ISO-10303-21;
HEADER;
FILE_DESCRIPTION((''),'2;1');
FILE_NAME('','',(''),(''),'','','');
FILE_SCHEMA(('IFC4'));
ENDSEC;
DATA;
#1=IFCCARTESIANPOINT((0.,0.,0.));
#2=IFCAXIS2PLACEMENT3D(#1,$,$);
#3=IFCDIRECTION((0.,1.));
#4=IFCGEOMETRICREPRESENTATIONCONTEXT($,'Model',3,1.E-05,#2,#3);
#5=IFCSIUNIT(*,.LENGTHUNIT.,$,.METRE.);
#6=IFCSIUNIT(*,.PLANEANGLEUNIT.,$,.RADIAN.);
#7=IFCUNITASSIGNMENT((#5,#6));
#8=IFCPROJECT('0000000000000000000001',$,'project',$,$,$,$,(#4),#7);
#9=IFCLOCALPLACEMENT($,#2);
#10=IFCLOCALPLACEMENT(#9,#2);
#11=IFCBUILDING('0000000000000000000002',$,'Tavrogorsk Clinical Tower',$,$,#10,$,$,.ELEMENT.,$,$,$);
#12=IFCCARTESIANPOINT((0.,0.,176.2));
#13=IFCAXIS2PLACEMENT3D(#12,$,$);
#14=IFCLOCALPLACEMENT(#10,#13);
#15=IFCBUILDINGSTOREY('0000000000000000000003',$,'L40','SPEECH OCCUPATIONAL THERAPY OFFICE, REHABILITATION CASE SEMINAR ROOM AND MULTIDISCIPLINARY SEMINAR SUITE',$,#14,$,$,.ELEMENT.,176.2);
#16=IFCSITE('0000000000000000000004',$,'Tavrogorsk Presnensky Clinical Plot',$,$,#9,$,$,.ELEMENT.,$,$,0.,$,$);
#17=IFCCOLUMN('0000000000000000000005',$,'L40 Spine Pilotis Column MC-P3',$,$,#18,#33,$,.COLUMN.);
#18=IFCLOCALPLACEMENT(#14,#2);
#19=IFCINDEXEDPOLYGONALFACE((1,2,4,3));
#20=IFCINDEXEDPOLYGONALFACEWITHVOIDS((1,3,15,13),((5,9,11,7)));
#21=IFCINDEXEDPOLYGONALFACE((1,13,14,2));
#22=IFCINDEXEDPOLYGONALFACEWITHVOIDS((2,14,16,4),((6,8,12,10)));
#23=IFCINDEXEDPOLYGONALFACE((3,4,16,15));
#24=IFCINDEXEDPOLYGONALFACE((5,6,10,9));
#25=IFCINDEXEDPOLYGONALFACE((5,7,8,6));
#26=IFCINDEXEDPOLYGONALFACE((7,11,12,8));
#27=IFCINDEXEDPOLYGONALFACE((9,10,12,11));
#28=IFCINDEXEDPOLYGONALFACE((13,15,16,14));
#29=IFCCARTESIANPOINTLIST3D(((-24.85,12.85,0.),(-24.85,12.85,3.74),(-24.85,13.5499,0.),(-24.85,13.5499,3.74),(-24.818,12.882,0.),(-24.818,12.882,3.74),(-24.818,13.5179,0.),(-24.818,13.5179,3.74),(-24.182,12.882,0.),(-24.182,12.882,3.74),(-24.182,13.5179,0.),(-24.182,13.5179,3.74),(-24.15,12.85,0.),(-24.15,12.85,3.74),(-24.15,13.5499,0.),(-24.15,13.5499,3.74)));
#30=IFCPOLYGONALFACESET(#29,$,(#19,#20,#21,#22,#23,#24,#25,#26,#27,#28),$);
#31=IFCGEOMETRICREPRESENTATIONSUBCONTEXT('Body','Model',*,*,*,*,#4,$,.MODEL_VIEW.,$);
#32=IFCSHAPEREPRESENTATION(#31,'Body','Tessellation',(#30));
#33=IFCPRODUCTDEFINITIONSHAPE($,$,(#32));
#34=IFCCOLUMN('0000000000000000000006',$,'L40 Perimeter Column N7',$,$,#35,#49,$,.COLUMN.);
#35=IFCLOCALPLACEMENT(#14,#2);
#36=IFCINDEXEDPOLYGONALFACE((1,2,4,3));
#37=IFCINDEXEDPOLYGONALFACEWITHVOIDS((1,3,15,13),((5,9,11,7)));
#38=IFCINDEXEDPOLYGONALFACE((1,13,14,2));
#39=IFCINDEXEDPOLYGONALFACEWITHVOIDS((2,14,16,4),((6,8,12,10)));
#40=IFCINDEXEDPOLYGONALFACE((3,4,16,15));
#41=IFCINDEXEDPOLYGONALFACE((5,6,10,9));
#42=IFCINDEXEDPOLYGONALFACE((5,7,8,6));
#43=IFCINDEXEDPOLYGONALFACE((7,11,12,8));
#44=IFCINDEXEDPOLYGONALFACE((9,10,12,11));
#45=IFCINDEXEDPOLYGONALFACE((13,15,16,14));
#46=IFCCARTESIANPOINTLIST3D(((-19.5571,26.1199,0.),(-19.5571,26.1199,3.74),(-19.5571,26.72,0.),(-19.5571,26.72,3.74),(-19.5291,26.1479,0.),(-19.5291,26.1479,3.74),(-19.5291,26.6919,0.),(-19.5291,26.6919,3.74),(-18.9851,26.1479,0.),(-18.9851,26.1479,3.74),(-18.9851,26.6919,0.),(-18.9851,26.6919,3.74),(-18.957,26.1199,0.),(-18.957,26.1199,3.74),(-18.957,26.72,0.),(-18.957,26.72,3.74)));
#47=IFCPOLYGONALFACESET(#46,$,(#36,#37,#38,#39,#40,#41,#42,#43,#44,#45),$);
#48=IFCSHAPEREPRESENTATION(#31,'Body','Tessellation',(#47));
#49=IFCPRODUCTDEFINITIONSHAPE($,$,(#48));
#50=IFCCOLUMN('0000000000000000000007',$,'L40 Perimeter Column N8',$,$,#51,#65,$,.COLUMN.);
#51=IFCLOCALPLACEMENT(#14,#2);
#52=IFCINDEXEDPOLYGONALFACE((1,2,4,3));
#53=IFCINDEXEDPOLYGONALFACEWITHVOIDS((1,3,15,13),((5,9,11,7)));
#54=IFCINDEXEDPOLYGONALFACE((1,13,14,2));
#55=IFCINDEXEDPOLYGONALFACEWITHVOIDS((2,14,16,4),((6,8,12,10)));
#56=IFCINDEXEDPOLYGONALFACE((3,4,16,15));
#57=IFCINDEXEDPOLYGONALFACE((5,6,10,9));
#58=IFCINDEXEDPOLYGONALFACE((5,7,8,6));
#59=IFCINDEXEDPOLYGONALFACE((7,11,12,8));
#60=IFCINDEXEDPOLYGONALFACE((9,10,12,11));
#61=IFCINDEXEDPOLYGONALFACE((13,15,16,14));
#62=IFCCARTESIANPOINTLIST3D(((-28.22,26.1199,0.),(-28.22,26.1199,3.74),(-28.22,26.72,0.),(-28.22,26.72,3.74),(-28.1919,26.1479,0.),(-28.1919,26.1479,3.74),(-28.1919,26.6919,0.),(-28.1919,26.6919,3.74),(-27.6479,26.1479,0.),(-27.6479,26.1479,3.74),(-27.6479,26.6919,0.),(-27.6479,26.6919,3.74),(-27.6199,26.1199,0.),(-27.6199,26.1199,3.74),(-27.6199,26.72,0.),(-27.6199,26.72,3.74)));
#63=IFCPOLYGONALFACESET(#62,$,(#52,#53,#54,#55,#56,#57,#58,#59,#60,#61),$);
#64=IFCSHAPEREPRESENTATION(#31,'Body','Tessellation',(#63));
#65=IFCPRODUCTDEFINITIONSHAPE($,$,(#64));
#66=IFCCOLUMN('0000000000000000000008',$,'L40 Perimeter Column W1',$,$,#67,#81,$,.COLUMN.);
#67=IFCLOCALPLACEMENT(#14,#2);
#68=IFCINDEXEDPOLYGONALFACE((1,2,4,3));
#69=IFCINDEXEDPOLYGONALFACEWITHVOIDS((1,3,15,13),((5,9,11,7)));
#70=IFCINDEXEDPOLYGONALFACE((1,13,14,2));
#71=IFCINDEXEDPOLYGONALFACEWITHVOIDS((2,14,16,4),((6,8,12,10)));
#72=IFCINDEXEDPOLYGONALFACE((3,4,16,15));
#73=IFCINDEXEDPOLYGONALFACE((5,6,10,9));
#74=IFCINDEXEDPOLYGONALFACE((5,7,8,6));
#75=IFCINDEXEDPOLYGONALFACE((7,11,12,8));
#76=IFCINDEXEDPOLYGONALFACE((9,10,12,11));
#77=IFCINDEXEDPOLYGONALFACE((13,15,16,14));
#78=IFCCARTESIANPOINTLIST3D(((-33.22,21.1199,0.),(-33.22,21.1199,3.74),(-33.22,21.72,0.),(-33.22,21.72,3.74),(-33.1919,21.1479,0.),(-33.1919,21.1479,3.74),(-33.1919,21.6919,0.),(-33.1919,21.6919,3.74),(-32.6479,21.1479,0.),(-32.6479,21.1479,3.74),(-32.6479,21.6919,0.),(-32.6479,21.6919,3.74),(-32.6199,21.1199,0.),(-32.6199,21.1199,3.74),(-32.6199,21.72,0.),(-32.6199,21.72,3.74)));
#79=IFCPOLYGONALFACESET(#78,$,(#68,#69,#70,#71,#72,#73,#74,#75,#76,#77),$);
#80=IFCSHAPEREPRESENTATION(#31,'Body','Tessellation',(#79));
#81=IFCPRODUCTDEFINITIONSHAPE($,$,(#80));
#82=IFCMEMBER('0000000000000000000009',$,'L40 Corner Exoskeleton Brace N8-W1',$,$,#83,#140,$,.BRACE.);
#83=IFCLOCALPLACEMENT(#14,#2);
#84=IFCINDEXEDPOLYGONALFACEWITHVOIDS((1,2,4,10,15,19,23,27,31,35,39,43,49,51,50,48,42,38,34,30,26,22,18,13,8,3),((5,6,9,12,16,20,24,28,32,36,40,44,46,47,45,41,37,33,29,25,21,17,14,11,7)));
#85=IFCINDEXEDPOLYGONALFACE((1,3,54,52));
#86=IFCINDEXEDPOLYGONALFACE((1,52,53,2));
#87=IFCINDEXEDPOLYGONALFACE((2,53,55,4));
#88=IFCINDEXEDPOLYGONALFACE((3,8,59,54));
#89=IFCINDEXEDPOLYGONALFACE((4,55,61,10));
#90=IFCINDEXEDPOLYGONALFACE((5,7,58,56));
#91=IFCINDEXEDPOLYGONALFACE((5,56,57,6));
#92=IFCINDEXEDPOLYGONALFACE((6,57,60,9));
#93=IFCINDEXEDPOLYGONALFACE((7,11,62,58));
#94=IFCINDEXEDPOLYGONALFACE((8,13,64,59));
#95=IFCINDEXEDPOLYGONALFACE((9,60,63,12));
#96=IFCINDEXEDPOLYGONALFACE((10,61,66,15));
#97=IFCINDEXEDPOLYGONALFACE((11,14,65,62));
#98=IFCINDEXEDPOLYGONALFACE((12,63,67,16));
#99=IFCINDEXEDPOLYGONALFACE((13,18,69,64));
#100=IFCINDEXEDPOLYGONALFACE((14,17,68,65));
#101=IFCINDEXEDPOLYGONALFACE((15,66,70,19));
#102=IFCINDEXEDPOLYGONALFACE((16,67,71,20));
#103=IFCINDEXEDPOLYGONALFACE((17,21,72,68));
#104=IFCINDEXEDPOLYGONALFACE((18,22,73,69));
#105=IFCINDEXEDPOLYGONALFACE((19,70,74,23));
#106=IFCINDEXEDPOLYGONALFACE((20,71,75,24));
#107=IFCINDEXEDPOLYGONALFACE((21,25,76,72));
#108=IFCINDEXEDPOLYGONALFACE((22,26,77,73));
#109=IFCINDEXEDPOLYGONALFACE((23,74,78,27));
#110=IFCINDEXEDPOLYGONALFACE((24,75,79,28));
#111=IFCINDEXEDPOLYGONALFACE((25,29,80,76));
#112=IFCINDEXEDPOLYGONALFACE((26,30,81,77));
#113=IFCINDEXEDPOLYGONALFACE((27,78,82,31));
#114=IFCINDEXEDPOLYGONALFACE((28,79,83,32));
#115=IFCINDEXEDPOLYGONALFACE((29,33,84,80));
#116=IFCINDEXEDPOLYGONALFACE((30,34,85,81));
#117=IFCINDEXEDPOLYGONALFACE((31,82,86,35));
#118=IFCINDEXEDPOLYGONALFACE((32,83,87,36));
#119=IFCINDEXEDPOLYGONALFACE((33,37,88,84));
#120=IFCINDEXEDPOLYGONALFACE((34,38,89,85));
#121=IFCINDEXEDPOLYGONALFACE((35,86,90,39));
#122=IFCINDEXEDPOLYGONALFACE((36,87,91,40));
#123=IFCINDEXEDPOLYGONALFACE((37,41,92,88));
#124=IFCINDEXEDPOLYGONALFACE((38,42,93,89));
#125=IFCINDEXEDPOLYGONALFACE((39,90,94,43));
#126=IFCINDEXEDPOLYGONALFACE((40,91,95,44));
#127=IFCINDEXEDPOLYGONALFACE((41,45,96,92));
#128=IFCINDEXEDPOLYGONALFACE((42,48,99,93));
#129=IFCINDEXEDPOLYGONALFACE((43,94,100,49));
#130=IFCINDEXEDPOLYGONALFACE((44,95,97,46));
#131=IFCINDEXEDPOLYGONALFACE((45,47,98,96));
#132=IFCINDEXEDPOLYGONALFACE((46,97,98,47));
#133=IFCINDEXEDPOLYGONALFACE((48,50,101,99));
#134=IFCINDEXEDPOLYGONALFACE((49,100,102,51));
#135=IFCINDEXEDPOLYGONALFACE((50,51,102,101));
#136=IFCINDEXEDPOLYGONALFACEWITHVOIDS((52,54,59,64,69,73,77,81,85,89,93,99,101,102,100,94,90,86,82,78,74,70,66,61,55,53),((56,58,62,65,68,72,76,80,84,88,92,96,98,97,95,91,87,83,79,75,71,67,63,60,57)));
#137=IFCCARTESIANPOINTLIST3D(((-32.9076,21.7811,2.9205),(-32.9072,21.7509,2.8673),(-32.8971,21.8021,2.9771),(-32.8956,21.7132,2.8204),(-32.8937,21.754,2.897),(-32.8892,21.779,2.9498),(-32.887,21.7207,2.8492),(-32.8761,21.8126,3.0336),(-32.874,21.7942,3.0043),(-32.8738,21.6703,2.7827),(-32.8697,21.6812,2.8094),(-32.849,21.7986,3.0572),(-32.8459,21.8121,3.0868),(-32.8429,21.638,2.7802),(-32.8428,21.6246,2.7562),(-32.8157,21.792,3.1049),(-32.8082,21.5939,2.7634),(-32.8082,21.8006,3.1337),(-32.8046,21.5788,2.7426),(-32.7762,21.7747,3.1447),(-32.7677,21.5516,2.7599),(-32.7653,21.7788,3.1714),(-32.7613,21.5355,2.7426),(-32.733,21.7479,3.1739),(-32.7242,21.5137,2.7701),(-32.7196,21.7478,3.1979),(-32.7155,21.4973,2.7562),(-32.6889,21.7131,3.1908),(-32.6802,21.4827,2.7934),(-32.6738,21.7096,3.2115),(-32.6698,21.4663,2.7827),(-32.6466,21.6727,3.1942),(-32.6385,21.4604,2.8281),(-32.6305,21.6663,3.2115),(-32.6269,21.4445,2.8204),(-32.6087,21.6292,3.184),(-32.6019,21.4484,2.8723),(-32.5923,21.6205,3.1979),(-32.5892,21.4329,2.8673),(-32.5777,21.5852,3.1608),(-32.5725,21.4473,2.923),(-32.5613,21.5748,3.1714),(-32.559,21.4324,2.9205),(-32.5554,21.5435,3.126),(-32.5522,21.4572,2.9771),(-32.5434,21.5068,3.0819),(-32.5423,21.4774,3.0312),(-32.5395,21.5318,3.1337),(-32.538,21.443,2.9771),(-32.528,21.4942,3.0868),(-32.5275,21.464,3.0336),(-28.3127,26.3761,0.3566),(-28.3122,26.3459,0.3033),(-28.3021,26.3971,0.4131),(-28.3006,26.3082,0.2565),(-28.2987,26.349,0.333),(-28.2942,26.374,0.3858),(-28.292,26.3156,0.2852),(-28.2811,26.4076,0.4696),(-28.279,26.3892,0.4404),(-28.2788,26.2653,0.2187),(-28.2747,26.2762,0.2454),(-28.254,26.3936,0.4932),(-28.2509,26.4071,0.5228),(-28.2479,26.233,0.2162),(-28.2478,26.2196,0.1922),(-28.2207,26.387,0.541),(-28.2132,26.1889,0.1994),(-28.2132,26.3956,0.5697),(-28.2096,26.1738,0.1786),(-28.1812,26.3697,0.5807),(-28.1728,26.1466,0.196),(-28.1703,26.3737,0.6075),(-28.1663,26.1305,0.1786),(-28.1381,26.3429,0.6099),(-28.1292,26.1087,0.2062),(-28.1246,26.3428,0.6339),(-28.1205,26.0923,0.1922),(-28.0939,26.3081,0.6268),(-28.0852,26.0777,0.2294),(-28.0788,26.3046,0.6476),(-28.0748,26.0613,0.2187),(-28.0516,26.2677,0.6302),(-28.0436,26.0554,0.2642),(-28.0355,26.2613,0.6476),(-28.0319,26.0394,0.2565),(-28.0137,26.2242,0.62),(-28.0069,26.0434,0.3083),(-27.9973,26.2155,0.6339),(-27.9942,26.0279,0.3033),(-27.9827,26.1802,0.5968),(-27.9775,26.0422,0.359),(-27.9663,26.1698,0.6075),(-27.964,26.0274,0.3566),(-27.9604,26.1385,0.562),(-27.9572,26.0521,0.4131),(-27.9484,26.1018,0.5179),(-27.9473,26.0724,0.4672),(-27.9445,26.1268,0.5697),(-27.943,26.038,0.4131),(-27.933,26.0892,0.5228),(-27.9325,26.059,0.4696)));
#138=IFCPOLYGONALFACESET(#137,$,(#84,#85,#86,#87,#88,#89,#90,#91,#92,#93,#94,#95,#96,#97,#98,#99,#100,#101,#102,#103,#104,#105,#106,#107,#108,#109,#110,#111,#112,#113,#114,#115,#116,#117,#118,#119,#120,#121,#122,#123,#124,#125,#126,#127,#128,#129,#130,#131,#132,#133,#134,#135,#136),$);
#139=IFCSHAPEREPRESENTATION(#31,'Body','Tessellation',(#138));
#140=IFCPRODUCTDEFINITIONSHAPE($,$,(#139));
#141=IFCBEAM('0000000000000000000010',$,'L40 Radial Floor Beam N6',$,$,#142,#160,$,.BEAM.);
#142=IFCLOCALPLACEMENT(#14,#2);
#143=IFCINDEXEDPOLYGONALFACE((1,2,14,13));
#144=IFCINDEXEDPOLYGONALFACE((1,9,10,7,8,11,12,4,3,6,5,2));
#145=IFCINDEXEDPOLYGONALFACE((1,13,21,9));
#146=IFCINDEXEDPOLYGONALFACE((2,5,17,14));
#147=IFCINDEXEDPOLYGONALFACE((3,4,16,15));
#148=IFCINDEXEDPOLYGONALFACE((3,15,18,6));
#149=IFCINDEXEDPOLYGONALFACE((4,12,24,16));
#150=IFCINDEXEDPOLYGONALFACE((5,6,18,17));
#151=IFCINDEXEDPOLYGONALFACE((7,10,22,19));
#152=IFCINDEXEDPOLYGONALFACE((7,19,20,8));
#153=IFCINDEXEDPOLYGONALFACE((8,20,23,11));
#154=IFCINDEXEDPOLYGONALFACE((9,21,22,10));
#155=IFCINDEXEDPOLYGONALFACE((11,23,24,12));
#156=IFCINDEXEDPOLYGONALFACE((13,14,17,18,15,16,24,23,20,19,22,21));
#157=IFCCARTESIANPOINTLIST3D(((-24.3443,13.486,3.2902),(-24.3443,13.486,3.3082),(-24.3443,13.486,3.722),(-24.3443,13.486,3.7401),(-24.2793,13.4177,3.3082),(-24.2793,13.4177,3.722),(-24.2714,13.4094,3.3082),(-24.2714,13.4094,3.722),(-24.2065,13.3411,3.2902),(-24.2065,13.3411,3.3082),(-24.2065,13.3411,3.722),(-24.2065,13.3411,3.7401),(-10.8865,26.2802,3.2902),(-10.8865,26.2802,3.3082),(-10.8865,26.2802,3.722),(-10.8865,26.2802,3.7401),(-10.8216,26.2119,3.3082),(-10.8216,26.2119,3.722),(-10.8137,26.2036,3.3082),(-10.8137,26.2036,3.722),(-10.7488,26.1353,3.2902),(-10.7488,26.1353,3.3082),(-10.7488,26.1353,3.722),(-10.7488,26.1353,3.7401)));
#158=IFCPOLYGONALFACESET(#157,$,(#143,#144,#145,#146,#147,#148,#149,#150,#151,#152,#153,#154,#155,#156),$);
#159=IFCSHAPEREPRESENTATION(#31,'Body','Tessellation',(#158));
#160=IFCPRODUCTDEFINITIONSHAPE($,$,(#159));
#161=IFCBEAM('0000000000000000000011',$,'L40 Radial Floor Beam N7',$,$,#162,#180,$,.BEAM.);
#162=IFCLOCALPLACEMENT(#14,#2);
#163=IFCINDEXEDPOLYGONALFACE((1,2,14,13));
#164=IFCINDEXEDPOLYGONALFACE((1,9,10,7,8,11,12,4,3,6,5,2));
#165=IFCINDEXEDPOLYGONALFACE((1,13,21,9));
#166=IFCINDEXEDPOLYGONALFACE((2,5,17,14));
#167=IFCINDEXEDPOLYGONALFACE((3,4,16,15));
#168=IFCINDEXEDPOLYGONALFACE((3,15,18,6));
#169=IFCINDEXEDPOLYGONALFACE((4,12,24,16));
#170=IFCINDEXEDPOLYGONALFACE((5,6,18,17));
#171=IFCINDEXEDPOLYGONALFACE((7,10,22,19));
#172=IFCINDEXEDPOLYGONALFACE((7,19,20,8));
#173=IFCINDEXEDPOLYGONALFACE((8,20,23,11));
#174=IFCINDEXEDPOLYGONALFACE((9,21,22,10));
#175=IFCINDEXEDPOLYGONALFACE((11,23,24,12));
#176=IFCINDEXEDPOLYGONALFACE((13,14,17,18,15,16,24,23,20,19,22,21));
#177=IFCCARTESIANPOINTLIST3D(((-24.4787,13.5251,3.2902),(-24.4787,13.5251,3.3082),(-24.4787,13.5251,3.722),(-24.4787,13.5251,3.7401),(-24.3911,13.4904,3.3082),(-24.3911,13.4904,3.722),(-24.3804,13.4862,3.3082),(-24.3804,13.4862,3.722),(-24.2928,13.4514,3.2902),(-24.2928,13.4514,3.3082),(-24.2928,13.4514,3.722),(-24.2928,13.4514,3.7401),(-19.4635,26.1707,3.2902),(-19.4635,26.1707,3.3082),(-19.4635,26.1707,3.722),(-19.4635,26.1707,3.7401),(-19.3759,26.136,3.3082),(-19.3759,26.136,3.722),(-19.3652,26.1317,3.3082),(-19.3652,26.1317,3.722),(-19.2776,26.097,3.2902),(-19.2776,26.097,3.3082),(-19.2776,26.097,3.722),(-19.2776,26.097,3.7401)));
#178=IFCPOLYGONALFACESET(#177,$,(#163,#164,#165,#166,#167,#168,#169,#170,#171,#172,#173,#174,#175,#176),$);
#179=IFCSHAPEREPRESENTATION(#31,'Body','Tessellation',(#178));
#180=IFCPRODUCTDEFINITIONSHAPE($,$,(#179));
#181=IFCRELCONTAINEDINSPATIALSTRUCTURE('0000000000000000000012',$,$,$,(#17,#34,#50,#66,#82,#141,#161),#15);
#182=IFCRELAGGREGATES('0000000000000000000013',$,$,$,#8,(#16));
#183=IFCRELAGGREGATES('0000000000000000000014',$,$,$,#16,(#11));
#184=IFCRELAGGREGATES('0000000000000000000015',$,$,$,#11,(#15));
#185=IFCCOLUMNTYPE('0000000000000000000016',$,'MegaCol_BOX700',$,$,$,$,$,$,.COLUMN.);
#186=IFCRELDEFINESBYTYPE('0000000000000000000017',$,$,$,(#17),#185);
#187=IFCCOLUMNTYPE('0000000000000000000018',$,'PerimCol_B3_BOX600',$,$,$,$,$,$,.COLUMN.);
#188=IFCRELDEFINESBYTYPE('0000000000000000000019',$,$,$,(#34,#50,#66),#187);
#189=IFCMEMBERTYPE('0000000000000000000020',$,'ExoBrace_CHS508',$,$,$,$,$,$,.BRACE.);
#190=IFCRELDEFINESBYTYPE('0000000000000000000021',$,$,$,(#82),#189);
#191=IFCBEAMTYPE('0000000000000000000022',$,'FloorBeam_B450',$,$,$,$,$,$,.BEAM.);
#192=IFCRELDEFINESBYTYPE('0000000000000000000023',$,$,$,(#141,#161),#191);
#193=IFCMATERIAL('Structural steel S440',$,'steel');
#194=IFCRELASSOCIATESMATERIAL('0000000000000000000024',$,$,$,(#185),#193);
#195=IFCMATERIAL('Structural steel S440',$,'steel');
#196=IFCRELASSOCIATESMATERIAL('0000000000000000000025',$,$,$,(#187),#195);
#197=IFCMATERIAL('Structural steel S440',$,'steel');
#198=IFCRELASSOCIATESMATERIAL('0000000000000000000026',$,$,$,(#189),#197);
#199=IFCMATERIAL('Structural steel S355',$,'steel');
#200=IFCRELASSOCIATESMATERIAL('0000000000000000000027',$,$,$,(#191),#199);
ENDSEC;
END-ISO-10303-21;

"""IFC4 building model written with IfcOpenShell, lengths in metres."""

from ifc_helpers import new_model, si_unit, direction, frame, origin, origin_2d, place, context, subcontext, project, spatial, hollow_rectangle, hollow_circle, i_section, extrude, material, material_profile, profile_set, type_object, element, save


model = new_model("IFC4")

# Units and contexts
model_context = context("Model", 3, precision=1e-05, world=origin(), true_north=direction((0.0, 1.0)))
body_context = subcontext(model_context, "Body", "Model", "MODEL_VIEW")
ifc_project = project(units=[si_unit("LENGTHUNIT", "METRE"), si_unit("PLANEANGLEUNIT", "RADIAN")], contexts=[model_context])

# Site, building, storey
site_placement = place(None, origin())
site = spatial("IfcSite", under=ifc_project, at=site_placement, Name="Tavrogorsk Presnensky Clinical Plot", CompositionType="ELEMENT", RefElevation=0.0)
building_placement = place(site_placement, origin())
building = spatial("IfcBuilding", under=site, at=building_placement, Name="Tavrogorsk Clinical Tower", CompositionType="ELEMENT")
storey_placement = place(building_placement, frame((0.0, 0.0, 176.2)))
storey = spatial("IfcBuildingStorey", under=building, at=storey_placement, Name="L40", Description="SPEECH OCCUPATIONAL THERAPY OFFICE, REHABILITATION CASE SEMINAR ROOM AND MULTIDISCIPLINARY SEMINAR SUITE", CompositionType="ELEMENT", Elevation=176.2)

# Columns
ifc_material_1 = material(Name="Structural steel S440", Category="steel")
ifc_material_profile_1 = material_profile(ifc_material_1, hollow_rectangle(XDim=0.7, YDim=0.7, WallThickness=0.032, at=origin_2d()), Name="BOX-700x700x32")
ifc_profile_set_1 = profile_set([ifc_material_profile_1], Name="Structural steel S440")
column_type_1 = type_object("IfcColumnType", Name="MegaCol_BOX700", PredefinedType="COLUMN", material=ifc_profile_set_1)
column_placement = place(storey_placement, frame((-24.5, 13.2, 0.0), z_axis=(0.0, 0.0, 1.0), x_axis=(1.0, 0.0, 0.0)))
element("IfcColumn", 1, at=column_placement, inside=storey, type_object=column_type_1, Name="L40 Spine Pilotis Column MC-P3", PredefinedType="COLUMN", context=body_context, shape_type="SweptSolid", body=[
    extrude(hollow_rectangle(XDim=0.7, YDim=0.7, WallThickness=0.032, at=origin_2d()), origin(), (0.0, 0.0, 1.0), 3.74),
])
ifc_material_2 = material(Name="Structural steel S440", Category="steel")
ifc_material_profile_2 = material_profile(ifc_material_2, hollow_rectangle(XDim=0.6001, YDim=0.6001, WallThickness=0.0281, at=origin_2d()), Name="BOX-600x600x28")
ifc_profile_set_2 = profile_set([ifc_material_profile_2], Name="Structural steel S440")
column_type_2 = type_object("IfcColumnType", Name="PerimCol_B3_BOX600", PredefinedType="COLUMN", material=ifc_profile_set_2)
for number, where, z_axis, x_axis, name in (
    (2, (-19.2571, 26.4199, 0.0), (0.0, 0.0, 1.0), (1.0, 0.0, 0.0), "L40 Perimeter Column N7"),
    (3, (-27.9199, 26.4199, 0.0), (0.0, 0.0, 1.0), (1.0, 0.0, 0.0), "L40 Perimeter Column N8"),
    (4, (-32.9199, 21.4199, 0.0), (0.0, 0.0, 1.0), (1.0, 0.0, 0.0), "L40 Perimeter Column W1"),
):
    element("IfcColumn", number, at=place(storey_placement, frame(where, z_axis=z_axis, x_axis=x_axis)), inside=storey, type_object=column_type_2, Name=name, PredefinedType="COLUMN", context=body_context, shape_type="SweptSolid", body=[
        extrude(hollow_rectangle(XDim=0.6001, YDim=0.6001, WallThickness=0.0281, at=origin_2d()), origin(), (0.0, 0.0, 1.0), 3.74),
    ])

# Member
ifc_material_3 = material(Name="Structural steel S440", Category="steel")
ifc_material_profile_3 = material_profile(ifc_material_3, hollow_circle(Radius=0.2539, WallThickness=0.02, at=origin_2d()), Name="CHS-508x20")
ifc_profile_set_3 = profile_set([ifc_material_profile_3], Name="Structural steel S440")
member_type = type_object("IfcMemberType", Name="ExoBrace_CHS508", PredefinedType="BRACE", material=ifc_profile_set_3)
member_placement = place(storey_placement, frame((-28.1226, 26.2175, 0.4131), z_axis=(-0.657759, -0.657759, 0.367025), x_axis=(0.707107, -0.707107, 0.0)))
element("IfcMember", 5, at=member_placement, inside=storey, type_object=member_type, Name="L40 Corner Exoskeleton Brace N8-W1", PredefinedType="BRACE", context=body_context, shape_type="SweptSolid", body=[
    extrude(hollow_circle(Radius=0.2539, WallThickness=0.02, at=origin_2d()), origin(), (0.0, 0.0, 1.0), 6.9858),
])

# Beams
ifc_material_4 = material(Name="Structural steel S355", Category="steel")
ifc_material_profile_4 = material_profile(ifc_material_4, i_section(OverallWidth=0.2, OverallDepth=0.45, WebThickness=0.0115, FlangeThickness=0.0181, at=origin_2d()), Name="B-450x200x11.5x18")
ifc_profile_set_4 = profile_set([ifc_material_profile_4], Name="Structural steel S355")
beam_type_1 = type_object("IfcBeamType", Name="FloorBeam_B450", PredefinedType="BEAM", material=ifc_profile_set_4)
beam_1_placement = place(storey_placement, frame((-24.2754, 13.4136, 3.5151), z_axis=(0.724749, 0.689013, 0.0), x_axis=(-0.689013, 0.724749, 0.0)))
element("IfcBeam", 6, at=beam_1_placement, inside=storey, type_object=beam_type_1, Name="L40 Radial Floor Beam N6", PredefinedType="BEAM", context=body_context, shape_type="SweptSolid", body=[
    extrude(i_section(OverallWidth=0.2, OverallDepth=0.45, WebThickness=0.0115, FlangeThickness=0.0181, at=origin_2d()), origin(), (0.0, 0.0, 1.0), 18.5688),
])
beam_2_placement = place(storey_placement, frame((-24.3857, 13.4883, 3.5151), z_axis=(0.36866, 0.929564, 0.0), x_axis=(-0.929564, 0.36866, 0.0)))
element("IfcBeam", 7, at=beam_2_placement, inside=storey, type_object=beam_type_1, Name="L40 Radial Floor Beam N7", PredefinedType="BEAM", context=body_context, shape_type="SweptSolid", body=[
    extrude(i_section(OverallWidth=0.2, OverallDepth=0.45, WebThickness=0.0115, FlangeThickness=0.0181, at=origin_2d()), origin(), (0.0, 0.0, 1.0), 13.6038),
])

save(model, "model.ifc")
